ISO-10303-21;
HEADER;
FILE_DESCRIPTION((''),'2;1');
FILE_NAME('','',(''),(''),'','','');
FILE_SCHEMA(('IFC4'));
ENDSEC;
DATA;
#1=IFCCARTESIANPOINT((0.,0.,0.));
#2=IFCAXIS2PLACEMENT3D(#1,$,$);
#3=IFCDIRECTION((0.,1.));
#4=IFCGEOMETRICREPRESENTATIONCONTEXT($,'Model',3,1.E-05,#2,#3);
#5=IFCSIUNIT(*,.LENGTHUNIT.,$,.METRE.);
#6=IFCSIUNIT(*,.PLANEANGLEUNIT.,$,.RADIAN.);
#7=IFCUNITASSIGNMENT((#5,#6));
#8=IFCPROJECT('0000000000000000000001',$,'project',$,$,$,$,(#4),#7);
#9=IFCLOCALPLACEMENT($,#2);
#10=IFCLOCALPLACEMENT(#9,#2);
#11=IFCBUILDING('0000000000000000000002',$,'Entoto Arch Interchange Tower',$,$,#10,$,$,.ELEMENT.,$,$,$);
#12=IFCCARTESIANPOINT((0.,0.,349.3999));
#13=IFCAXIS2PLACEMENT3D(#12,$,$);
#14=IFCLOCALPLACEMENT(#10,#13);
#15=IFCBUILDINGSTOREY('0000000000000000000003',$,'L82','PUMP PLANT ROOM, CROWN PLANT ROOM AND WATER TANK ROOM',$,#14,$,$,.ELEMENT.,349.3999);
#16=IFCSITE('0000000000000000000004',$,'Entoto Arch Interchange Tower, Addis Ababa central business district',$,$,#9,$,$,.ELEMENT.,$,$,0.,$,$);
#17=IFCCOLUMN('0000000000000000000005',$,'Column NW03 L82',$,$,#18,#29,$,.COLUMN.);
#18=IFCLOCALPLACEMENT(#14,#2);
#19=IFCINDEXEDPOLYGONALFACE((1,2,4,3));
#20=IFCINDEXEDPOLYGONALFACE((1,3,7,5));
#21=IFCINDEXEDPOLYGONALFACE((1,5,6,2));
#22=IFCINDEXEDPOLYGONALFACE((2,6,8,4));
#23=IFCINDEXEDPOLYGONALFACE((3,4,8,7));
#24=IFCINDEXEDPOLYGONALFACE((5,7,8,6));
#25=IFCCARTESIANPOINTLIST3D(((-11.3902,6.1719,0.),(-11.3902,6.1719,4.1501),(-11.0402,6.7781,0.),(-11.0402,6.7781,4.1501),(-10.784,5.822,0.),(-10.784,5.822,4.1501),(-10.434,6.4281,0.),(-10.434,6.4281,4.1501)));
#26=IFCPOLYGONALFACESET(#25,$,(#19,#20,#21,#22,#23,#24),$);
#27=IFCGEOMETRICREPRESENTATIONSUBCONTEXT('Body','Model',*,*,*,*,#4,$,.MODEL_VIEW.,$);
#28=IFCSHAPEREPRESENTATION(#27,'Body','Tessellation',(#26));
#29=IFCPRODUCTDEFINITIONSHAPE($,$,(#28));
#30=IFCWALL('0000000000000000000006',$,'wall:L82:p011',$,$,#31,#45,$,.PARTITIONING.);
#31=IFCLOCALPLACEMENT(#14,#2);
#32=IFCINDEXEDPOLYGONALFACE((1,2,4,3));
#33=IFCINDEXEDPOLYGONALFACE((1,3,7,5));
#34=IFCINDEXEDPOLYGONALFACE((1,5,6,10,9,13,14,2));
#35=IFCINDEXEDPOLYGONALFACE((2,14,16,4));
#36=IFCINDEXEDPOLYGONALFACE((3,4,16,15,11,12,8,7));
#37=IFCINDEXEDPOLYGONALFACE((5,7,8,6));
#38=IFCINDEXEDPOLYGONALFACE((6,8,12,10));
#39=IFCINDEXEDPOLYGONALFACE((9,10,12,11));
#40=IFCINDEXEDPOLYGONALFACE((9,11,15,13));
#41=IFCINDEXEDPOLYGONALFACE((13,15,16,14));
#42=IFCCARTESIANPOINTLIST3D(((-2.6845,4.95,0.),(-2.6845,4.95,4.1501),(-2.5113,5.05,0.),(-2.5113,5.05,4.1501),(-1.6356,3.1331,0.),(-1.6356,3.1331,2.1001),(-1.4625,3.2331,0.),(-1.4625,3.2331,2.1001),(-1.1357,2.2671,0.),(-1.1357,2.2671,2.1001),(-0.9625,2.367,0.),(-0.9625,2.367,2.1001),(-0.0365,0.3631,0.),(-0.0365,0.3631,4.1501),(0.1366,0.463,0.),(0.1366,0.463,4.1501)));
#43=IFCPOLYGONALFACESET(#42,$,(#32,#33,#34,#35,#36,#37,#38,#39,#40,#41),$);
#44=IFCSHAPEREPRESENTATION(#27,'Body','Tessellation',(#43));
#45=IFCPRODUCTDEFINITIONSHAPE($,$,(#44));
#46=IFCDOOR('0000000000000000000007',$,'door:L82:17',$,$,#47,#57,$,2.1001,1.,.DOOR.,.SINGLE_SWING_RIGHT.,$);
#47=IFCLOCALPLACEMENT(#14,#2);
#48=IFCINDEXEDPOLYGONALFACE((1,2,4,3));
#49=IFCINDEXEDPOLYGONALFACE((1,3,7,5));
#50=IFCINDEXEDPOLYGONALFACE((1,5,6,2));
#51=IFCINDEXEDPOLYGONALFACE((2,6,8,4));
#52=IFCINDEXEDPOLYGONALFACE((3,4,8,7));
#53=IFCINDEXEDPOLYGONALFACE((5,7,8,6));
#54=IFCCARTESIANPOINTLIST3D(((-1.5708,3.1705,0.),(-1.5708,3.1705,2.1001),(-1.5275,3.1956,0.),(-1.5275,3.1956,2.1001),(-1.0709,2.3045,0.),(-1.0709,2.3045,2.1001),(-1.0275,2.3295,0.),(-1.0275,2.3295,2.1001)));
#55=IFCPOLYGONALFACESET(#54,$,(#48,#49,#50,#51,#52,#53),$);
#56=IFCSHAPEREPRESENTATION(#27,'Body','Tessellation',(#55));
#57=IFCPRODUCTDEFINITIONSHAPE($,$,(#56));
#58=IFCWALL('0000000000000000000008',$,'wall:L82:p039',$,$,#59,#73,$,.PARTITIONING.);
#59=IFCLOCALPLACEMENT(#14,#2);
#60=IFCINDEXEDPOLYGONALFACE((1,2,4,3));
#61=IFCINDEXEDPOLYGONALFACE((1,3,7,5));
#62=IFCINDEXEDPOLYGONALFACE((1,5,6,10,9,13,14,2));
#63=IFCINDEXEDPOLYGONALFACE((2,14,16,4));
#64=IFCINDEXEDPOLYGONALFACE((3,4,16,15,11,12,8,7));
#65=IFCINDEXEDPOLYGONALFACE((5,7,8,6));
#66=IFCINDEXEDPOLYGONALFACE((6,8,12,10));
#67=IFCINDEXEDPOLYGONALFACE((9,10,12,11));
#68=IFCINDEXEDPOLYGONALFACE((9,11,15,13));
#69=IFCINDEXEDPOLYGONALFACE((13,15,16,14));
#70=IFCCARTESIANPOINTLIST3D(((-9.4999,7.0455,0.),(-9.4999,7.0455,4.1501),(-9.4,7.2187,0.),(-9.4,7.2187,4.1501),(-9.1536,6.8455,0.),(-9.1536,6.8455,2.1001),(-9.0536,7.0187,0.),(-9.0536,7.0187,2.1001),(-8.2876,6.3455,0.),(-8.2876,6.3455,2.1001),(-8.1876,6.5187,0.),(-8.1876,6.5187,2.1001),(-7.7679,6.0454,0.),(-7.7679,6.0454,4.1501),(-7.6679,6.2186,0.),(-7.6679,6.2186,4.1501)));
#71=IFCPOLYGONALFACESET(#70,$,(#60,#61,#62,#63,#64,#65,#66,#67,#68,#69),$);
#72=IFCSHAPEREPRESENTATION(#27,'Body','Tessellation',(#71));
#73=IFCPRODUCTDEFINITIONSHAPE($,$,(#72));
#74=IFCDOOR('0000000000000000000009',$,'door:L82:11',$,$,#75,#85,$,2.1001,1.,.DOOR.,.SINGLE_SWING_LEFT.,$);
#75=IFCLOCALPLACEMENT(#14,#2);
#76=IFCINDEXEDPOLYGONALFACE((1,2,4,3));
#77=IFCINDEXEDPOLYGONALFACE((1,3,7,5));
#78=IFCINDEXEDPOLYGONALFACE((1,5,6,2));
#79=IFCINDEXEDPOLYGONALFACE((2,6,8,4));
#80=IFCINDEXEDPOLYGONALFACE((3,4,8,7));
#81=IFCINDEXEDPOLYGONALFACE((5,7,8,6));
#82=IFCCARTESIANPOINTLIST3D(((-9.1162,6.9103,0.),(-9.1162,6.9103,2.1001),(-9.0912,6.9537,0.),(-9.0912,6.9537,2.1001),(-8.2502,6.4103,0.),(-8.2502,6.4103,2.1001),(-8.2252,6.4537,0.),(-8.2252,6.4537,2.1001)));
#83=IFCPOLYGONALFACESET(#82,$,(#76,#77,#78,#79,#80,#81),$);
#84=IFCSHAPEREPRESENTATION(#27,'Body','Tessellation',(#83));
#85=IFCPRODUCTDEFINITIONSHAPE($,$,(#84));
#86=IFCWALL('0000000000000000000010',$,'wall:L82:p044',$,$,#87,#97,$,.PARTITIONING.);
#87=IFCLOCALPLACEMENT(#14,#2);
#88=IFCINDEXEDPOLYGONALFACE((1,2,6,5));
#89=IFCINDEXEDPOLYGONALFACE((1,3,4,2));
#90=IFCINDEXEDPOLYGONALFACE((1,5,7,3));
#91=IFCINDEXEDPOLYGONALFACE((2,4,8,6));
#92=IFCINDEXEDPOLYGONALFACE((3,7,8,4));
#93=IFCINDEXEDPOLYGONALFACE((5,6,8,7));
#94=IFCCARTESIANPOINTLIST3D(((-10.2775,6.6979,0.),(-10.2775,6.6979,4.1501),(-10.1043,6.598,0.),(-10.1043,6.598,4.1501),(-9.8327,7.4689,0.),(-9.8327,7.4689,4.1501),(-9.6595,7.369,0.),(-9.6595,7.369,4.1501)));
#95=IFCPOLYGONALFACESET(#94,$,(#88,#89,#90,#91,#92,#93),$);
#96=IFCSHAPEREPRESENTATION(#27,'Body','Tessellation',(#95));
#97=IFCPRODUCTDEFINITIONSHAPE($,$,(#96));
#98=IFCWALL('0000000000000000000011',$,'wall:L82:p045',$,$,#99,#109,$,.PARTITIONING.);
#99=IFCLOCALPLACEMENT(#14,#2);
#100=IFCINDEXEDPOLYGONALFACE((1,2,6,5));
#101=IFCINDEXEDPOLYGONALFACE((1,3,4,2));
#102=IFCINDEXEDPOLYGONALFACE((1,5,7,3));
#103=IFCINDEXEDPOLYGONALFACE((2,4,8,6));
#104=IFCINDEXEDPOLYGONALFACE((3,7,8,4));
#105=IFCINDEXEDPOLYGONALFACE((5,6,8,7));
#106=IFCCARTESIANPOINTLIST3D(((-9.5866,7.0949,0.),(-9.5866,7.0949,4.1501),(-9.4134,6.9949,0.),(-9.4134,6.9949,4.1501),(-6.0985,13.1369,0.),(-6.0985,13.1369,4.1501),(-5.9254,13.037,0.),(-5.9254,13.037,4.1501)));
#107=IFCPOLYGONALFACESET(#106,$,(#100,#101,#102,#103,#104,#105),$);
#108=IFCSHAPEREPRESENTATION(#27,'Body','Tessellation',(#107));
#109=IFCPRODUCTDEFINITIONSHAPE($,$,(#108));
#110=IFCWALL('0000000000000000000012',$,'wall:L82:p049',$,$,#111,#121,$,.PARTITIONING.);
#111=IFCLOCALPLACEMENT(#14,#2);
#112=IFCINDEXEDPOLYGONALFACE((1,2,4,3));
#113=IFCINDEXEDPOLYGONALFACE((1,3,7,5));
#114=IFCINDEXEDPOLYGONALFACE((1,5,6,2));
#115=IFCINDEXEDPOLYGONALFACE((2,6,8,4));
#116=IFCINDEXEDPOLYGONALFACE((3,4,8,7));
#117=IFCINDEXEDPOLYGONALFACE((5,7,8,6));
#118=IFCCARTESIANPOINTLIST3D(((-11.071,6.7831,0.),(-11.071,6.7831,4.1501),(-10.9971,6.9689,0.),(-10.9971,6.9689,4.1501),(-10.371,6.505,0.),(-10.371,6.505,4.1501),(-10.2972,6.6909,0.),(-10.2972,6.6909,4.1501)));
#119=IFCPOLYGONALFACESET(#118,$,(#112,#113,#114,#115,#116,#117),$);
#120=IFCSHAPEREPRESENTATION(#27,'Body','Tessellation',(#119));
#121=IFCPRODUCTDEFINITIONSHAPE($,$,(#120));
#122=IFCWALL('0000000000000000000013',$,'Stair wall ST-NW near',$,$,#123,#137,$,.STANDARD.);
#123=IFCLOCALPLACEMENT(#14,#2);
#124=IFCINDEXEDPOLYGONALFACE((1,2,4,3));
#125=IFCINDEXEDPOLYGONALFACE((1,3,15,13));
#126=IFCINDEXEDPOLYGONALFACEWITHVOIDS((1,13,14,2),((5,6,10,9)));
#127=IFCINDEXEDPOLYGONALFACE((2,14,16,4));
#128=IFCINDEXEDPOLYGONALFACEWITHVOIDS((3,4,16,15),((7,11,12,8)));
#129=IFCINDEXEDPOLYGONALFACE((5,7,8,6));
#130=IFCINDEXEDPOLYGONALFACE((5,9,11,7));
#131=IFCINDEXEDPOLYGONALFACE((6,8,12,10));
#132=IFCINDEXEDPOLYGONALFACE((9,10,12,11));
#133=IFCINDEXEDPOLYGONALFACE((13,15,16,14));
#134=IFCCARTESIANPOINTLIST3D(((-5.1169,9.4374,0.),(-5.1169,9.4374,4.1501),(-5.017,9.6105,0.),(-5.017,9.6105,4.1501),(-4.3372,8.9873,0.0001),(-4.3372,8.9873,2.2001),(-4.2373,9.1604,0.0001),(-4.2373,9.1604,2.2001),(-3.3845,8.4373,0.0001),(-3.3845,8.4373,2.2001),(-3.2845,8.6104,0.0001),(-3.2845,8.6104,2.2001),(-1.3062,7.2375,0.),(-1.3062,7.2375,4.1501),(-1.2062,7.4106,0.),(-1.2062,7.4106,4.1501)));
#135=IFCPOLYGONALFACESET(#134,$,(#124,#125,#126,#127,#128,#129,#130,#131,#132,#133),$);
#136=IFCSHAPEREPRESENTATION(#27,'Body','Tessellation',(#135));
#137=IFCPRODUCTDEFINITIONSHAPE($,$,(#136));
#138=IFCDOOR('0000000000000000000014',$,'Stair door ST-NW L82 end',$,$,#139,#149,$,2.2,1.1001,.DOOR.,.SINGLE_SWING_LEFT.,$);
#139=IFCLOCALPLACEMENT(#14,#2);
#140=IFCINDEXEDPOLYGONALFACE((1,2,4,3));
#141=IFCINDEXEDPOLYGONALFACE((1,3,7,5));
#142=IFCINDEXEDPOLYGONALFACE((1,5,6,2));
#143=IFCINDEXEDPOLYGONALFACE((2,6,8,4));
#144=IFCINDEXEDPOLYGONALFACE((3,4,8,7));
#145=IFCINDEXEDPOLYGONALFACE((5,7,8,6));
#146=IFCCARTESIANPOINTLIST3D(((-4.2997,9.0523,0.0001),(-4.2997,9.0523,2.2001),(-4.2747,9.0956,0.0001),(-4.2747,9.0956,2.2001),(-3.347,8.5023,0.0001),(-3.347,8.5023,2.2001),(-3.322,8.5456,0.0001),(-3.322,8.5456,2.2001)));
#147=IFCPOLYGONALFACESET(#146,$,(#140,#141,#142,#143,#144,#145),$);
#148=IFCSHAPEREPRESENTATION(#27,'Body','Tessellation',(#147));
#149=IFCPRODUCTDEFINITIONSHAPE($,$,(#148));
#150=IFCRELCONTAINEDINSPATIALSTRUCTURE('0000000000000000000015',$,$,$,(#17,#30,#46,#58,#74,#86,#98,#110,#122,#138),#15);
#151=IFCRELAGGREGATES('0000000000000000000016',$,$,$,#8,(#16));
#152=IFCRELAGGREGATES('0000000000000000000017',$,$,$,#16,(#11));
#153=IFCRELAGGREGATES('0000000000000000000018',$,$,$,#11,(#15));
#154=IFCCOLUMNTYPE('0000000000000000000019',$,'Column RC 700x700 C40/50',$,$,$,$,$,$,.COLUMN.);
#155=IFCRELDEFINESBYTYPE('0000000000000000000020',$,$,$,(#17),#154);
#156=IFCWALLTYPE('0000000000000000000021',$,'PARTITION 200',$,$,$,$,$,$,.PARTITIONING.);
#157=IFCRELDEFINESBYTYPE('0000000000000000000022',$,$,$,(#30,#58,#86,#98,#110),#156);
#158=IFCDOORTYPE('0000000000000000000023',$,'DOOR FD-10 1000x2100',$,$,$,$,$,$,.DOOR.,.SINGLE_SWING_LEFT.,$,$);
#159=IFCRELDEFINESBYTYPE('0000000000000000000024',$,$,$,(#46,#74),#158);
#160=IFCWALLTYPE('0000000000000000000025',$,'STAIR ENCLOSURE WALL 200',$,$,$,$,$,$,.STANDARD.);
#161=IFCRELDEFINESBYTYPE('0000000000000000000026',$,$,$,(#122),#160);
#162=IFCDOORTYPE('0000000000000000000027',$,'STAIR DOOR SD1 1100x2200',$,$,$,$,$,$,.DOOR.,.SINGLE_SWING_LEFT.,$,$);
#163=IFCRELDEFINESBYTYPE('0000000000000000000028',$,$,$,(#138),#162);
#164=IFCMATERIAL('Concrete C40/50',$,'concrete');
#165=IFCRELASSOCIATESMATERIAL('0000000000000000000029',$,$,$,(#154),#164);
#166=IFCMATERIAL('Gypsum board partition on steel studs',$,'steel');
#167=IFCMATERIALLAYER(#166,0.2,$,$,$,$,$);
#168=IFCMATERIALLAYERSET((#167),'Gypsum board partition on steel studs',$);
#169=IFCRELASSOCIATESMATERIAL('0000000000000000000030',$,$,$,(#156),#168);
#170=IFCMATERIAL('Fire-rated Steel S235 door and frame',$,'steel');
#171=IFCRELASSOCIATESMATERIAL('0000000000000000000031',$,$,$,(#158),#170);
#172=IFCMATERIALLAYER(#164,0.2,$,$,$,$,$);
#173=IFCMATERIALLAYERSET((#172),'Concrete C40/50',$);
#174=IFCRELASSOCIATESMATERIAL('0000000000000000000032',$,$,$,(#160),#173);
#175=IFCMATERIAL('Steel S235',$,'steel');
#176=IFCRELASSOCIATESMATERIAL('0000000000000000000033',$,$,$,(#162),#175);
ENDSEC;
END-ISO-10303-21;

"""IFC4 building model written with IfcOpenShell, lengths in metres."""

from ifc_helpers import new_model, si_unit, direction, frame, frame_2d, origin, origin_2d, place, context, subcontext, project, spatial, rectangle, extrude, material, layer, layer_set, material_profile, profile_set, type_object, element, fill, save


model = new_model("IFC4")

# Units and contexts
model_context = context("Model", 3, precision=1e-05, world=origin(), true_north=direction((0.0, 1.0)))
body_context = subcontext(model_context, "Body", "Model", "MODEL_VIEW")
ifc_project = project(units=[si_unit("LENGTHUNIT", "METRE"), si_unit("PLANEANGLEUNIT", "RADIAN")], contexts=[model_context])

# Site, building, storey
site_placement = place(None, origin())
site = spatial("IfcSite", under=ifc_project, at=site_placement, Name="Entoto Arch Interchange Tower, Addis Ababa central business district", CompositionType="ELEMENT", RefElevation=0.0)
building_placement = place(site_placement, origin())
building = spatial("IfcBuilding", under=site, at=building_placement, Name="Entoto Arch Interchange Tower", CompositionType="ELEMENT")
storey_placement = place(building_placement, frame((0.0, 0.0, 349.3999)))
storey = spatial("IfcBuildingStorey", under=building, at=storey_placement, Name="L82", Description="PUMP PLANT ROOM, CROWN PLANT ROOM AND WATER TANK ROOM", CompositionType="ELEMENT", Elevation=349.3999)

# Column
ifc_material_1 = material(Name="Concrete C40/50", Category="concrete")
ifc_material_profile = material_profile(ifc_material_1, rectangle(XDim=0.7, YDim=0.7, at=origin_2d()))
ifc_profile_set = profile_set([ifc_material_profile], Name="Concrete C40/50")
column_type = type_object("IfcColumnType", Name="Column RC 700x700 C40/50", PredefinedType="COLUMN", material=ifc_profile_set)
column_placement = place(storey_placement, frame((-10.9121, 6.3, 0.0), z_axis=(0.0, 0.0, 1.0), x_axis=(0.5, 0.866025, 0.0)))
element("IfcColumn", 1, at=column_placement, inside=storey, type_object=column_type, Name="Column NW03 L82", PredefinedType="COLUMN", context=body_context, shape_type="SweptSolid", body=[
    extrude(rectangle(XDim=0.7, YDim=0.7, at=origin_2d()), origin(), (0.0, 0.0, 1.0), 4.1501),
])

# Walls, openings, doors
ifc_material_2 = material(Name="Gypsum board partition on steel studs", Category="steel")
ifc_layer_1 = layer(ifc_material_2, 0.2)
ifc_layer_set_1 = layer_set([ifc_layer_1], Name="Gypsum board partition on steel studs")
wall_type_1 = type_object("IfcWallType", Name="PARTITION 200", PredefinedType="PARTITIONING", material=ifc_layer_set_1)
wall_1_placement = place(storey_placement, frame((-2.5979, 5.0, 0.0), z_axis=(0.0, 0.0, 1.0), x_axis=(0.499957, -0.86605, 0.0)))
wall_1 = element("IfcWall", 2, at=wall_1_placement, inside=storey, type_object=wall_type_1, Name="wall:L82:p011", PredefinedType="PARTITIONING", context=body_context, shape_type="SweptSolid", body=[
    extrude(rectangle(XDim=5.2964, YDim=0.2, at=frame_2d((2.6482, 0.0))), origin(), (0.0, 0.0, 1.0), 4.1501),
])
opening_1_placement = place(wall_1_placement, frame((2.0979, 0.0, 0.0)))
opening_1 = element("IfcOpeningElement", 3, at=opening_1_placement, cuts=wall_1, PredefinedType="OPENING", context=body_context, shape_type="SweptSolid", body=[
    extrude(rectangle(XDim=1.0, YDim=2.1001, at=frame_2d((0.5, 1.05))), frame((0.0, 0.1099, 0.0), z_axis=(0.0, -1.0, 0.0), x_axis=(1.0, 0.0, 0.0)), (0.0, 0.0, 1.0), 0.22),
])
ifc_material_3 = material(Name="Fire-rated Steel S235 door and frame", Category="steel")
door_type_1 = type_object("IfcDoorType", Name="DOOR FD-10 1000x2100", OperationType="SINGLE_SWING_LEFT", PredefinedType="DOOR", material=ifc_material_3)
door_1_placement = place(opening_1_placement, origin())
door_1 = element("IfcDoor", 4, at=door_1_placement, inside=storey, type_object=door_type_1, Name="door:L82:17", OperationType="SINGLE_SWING_RIGHT", OverallHeight=2.1001, OverallWidth=1.0, PredefinedType="DOOR", context=body_context, shape_type="SweptSolid", body=[
    extrude(rectangle(XDim=1.0, YDim=2.1001, at=frame_2d((0.5, 1.05))), frame((0.0, 0.0249, 0.0), z_axis=(0.0, -1.0, 0.0), x_axis=(1.0, 0.0, 0.0)), (0.0, 0.0, 1.0), 0.05),
])
fill(opening_1, door_1)
wall_2_placement = place(storey_placement, frame((-9.45, 7.1321, 0.0), z_axis=(0.0, 0.0, 1.0), x_axis=(0.866011, -0.500025, 0.0)))
wall_2 = element("IfcWall", 5, at=wall_2_placement, inside=storey, type_object=wall_type_1, Name="wall:L82:p039", PredefinedType="PARTITIONING", context=body_context, shape_type="SweptSolid", body=[
    extrude(rectangle(XDim=2.0, YDim=0.2, at=frame_2d((1.0, 0.0))), origin(), (0.0, 0.0, 1.0), 4.1501),
])
opening_2_placement = place(wall_2_placement, frame((0.3999, 0.0, 0.0)))
opening_2 = element("IfcOpeningElement", 6, at=opening_2_placement, cuts=wall_2, PredefinedType="OPENING", context=body_context, shape_type="SweptSolid", body=[
    extrude(rectangle(XDim=1.0, YDim=2.1001, at=frame_2d((0.5, 1.05))), frame((0.0, 0.1099, 0.0), z_axis=(0.0, -1.0, 0.0), x_axis=(1.0, 0.0, 0.0)), (0.0, 0.0, 1.0), 0.22),
])
door_2_placement = place(opening_2_placement, origin())
door_2 = element("IfcDoor", 7, at=door_2_placement, inside=storey, type_object=door_type_1, Name="door:L82:11", OperationType="SINGLE_SWING_LEFT", OverallHeight=2.1001, OverallWidth=1.0, PredefinedType="DOOR", context=body_context, shape_type="SweptSolid", body=[
    extrude(rectangle(XDim=1.0, YDim=2.1001, at=frame_2d((0.5, 1.05))), frame((0.0, 0.0249, 0.0), z_axis=(0.0, -1.0, 0.0), x_axis=(1.0, 0.0, 0.0)), (0.0, 0.0, 1.0), 0.05),
])
fill(opening_2, door_2)

# Walls
wall_3_placement = place(storey_placement, frame((-10.1909, 6.6479, 0.0), z_axis=(0.0, 0.0, 1.0), x_axis=(0.499738, 0.866176, 0.0)))
element("IfcWall", 8, at=wall_3_placement, inside=storey, type_object=wall_type_1, Name="wall:L82:p044", PredefinedType="PARTITIONING", context=body_context, shape_type="SweptSolid", body=[
    extrude(rectangle(XDim=0.8901, YDim=0.2, at=frame_2d((0.4451, 0.0))), origin(), (0.0, 0.0, 1.0), 4.1501),
])
wall_4_placement = place(storey_placement, frame((-9.5, 7.0449, 0.0), z_axis=(0.0, 0.0, 1.0), x_axis=(0.499967, 0.866045, 0.0)))
element("IfcWall", 9, at=wall_4_placement, inside=storey, type_object=wall_type_1, Name="wall:L82:p045", PredefinedType="PARTITIONING", context=body_context, shape_type="SweptSolid", body=[
    extrude(rectangle(XDim=6.9766, YDim=0.2, at=frame_2d((3.4883, 0.0))), origin(), (0.0, 0.0, 1.0), 4.1501),
])
wall_5_placement = place(storey_placement, frame((-11.0339, 6.876, 0.0), z_axis=(0.0, 0.0, 1.0), x_axis=(0.929346, -0.36921, 0.0)))
element("IfcWall", 10, at=wall_5_placement, inside=storey, type_object=wall_type_1, Name="wall:L82:p049", PredefinedType="PARTITIONING", context=body_context, shape_type="SweptSolid", body=[
    extrude(rectangle(XDim=0.7532, YDim=0.2, at=frame_2d((0.3765, 0.0))), origin(), (0.0, 0.0, 1.0), 4.1501),
])

# Wall, opening, door
ifc_layer_2 = layer(ifc_material_1, 0.2)
ifc_layer_set_2 = layer_set([ifc_layer_2], Name="Concrete C40/50")
wall_type_2 = type_object("IfcWallType", Name="STAIR ENCLOSURE WALL 200", PredefinedType="STANDARD", material=ifc_layer_set_2)
wall_6_placement = place(storey_placement, frame((-1.2561, 7.324, 0.0), z_axis=(0.0, 0.0, 1.0), x_axis=(-0.866046, 0.499964, 0.0)))
wall_6 = element("IfcWall", 11, at=wall_6_placement, inside=storey, type_object=wall_type_2, Name="Stair wall ST-NW near", PredefinedType="STANDARD", context=body_context, shape_type="SweptSolid", body=[
    extrude(rectangle(XDim=4.4001, YDim=0.2, at=frame_2d((2.2002, 0.0))), origin(), (0.0, 0.0, 1.0), 4.1501),
])
opening_3_placement = place(wall_6_placement, frame((2.3999, 0.0, 0.0)))
opening_3 = element("IfcOpeningElement", 12, at=opening_3_placement, cuts=wall_6, PredefinedType="OPENING", context=body_context, shape_type="SweptSolid", body=[
    extrude(rectangle(XDim=1.1001, YDim=2.2, at=frame_2d((0.55, 1.1001))), frame((0.0, 0.1099, 0.0), z_axis=(0.0, -1.0, 0.0), x_axis=(1.0, 0.0, 0.0)), (0.0, 0.0, 1.0), 0.22),
])
ifc_material_4 = material(Name="Steel S235", Category="steel")
door_type_2 = type_object("IfcDoorType", Name="STAIR DOOR SD1 1100x2200", OperationType="SINGLE_SWING_LEFT", PredefinedType="DOOR", material=ifc_material_4)
door_3_placement = place(opening_3_placement, origin())
door_3 = element("IfcDoor", 13, at=door_3_placement, inside=storey, type_object=door_type_2, Name="Stair door ST-NW L82 end", OperationType="SINGLE_SWING_LEFT", OverallHeight=2.2, OverallWidth=1.1001, PredefinedType="DOOR", context=body_context, shape_type="SweptSolid", body=[
    extrude(rectangle(XDim=1.1001, YDim=2.2, at=frame_2d((0.55, 1.1001))), frame((0.0, 0.0249, 0.0), z_axis=(0.0, -1.0, 0.0), x_axis=(1.0, 0.0, 0.0)), (0.0, 0.0, 1.0), 0.05),
])
fill(opening_3, door_3)

save(model, "model.ifc")
